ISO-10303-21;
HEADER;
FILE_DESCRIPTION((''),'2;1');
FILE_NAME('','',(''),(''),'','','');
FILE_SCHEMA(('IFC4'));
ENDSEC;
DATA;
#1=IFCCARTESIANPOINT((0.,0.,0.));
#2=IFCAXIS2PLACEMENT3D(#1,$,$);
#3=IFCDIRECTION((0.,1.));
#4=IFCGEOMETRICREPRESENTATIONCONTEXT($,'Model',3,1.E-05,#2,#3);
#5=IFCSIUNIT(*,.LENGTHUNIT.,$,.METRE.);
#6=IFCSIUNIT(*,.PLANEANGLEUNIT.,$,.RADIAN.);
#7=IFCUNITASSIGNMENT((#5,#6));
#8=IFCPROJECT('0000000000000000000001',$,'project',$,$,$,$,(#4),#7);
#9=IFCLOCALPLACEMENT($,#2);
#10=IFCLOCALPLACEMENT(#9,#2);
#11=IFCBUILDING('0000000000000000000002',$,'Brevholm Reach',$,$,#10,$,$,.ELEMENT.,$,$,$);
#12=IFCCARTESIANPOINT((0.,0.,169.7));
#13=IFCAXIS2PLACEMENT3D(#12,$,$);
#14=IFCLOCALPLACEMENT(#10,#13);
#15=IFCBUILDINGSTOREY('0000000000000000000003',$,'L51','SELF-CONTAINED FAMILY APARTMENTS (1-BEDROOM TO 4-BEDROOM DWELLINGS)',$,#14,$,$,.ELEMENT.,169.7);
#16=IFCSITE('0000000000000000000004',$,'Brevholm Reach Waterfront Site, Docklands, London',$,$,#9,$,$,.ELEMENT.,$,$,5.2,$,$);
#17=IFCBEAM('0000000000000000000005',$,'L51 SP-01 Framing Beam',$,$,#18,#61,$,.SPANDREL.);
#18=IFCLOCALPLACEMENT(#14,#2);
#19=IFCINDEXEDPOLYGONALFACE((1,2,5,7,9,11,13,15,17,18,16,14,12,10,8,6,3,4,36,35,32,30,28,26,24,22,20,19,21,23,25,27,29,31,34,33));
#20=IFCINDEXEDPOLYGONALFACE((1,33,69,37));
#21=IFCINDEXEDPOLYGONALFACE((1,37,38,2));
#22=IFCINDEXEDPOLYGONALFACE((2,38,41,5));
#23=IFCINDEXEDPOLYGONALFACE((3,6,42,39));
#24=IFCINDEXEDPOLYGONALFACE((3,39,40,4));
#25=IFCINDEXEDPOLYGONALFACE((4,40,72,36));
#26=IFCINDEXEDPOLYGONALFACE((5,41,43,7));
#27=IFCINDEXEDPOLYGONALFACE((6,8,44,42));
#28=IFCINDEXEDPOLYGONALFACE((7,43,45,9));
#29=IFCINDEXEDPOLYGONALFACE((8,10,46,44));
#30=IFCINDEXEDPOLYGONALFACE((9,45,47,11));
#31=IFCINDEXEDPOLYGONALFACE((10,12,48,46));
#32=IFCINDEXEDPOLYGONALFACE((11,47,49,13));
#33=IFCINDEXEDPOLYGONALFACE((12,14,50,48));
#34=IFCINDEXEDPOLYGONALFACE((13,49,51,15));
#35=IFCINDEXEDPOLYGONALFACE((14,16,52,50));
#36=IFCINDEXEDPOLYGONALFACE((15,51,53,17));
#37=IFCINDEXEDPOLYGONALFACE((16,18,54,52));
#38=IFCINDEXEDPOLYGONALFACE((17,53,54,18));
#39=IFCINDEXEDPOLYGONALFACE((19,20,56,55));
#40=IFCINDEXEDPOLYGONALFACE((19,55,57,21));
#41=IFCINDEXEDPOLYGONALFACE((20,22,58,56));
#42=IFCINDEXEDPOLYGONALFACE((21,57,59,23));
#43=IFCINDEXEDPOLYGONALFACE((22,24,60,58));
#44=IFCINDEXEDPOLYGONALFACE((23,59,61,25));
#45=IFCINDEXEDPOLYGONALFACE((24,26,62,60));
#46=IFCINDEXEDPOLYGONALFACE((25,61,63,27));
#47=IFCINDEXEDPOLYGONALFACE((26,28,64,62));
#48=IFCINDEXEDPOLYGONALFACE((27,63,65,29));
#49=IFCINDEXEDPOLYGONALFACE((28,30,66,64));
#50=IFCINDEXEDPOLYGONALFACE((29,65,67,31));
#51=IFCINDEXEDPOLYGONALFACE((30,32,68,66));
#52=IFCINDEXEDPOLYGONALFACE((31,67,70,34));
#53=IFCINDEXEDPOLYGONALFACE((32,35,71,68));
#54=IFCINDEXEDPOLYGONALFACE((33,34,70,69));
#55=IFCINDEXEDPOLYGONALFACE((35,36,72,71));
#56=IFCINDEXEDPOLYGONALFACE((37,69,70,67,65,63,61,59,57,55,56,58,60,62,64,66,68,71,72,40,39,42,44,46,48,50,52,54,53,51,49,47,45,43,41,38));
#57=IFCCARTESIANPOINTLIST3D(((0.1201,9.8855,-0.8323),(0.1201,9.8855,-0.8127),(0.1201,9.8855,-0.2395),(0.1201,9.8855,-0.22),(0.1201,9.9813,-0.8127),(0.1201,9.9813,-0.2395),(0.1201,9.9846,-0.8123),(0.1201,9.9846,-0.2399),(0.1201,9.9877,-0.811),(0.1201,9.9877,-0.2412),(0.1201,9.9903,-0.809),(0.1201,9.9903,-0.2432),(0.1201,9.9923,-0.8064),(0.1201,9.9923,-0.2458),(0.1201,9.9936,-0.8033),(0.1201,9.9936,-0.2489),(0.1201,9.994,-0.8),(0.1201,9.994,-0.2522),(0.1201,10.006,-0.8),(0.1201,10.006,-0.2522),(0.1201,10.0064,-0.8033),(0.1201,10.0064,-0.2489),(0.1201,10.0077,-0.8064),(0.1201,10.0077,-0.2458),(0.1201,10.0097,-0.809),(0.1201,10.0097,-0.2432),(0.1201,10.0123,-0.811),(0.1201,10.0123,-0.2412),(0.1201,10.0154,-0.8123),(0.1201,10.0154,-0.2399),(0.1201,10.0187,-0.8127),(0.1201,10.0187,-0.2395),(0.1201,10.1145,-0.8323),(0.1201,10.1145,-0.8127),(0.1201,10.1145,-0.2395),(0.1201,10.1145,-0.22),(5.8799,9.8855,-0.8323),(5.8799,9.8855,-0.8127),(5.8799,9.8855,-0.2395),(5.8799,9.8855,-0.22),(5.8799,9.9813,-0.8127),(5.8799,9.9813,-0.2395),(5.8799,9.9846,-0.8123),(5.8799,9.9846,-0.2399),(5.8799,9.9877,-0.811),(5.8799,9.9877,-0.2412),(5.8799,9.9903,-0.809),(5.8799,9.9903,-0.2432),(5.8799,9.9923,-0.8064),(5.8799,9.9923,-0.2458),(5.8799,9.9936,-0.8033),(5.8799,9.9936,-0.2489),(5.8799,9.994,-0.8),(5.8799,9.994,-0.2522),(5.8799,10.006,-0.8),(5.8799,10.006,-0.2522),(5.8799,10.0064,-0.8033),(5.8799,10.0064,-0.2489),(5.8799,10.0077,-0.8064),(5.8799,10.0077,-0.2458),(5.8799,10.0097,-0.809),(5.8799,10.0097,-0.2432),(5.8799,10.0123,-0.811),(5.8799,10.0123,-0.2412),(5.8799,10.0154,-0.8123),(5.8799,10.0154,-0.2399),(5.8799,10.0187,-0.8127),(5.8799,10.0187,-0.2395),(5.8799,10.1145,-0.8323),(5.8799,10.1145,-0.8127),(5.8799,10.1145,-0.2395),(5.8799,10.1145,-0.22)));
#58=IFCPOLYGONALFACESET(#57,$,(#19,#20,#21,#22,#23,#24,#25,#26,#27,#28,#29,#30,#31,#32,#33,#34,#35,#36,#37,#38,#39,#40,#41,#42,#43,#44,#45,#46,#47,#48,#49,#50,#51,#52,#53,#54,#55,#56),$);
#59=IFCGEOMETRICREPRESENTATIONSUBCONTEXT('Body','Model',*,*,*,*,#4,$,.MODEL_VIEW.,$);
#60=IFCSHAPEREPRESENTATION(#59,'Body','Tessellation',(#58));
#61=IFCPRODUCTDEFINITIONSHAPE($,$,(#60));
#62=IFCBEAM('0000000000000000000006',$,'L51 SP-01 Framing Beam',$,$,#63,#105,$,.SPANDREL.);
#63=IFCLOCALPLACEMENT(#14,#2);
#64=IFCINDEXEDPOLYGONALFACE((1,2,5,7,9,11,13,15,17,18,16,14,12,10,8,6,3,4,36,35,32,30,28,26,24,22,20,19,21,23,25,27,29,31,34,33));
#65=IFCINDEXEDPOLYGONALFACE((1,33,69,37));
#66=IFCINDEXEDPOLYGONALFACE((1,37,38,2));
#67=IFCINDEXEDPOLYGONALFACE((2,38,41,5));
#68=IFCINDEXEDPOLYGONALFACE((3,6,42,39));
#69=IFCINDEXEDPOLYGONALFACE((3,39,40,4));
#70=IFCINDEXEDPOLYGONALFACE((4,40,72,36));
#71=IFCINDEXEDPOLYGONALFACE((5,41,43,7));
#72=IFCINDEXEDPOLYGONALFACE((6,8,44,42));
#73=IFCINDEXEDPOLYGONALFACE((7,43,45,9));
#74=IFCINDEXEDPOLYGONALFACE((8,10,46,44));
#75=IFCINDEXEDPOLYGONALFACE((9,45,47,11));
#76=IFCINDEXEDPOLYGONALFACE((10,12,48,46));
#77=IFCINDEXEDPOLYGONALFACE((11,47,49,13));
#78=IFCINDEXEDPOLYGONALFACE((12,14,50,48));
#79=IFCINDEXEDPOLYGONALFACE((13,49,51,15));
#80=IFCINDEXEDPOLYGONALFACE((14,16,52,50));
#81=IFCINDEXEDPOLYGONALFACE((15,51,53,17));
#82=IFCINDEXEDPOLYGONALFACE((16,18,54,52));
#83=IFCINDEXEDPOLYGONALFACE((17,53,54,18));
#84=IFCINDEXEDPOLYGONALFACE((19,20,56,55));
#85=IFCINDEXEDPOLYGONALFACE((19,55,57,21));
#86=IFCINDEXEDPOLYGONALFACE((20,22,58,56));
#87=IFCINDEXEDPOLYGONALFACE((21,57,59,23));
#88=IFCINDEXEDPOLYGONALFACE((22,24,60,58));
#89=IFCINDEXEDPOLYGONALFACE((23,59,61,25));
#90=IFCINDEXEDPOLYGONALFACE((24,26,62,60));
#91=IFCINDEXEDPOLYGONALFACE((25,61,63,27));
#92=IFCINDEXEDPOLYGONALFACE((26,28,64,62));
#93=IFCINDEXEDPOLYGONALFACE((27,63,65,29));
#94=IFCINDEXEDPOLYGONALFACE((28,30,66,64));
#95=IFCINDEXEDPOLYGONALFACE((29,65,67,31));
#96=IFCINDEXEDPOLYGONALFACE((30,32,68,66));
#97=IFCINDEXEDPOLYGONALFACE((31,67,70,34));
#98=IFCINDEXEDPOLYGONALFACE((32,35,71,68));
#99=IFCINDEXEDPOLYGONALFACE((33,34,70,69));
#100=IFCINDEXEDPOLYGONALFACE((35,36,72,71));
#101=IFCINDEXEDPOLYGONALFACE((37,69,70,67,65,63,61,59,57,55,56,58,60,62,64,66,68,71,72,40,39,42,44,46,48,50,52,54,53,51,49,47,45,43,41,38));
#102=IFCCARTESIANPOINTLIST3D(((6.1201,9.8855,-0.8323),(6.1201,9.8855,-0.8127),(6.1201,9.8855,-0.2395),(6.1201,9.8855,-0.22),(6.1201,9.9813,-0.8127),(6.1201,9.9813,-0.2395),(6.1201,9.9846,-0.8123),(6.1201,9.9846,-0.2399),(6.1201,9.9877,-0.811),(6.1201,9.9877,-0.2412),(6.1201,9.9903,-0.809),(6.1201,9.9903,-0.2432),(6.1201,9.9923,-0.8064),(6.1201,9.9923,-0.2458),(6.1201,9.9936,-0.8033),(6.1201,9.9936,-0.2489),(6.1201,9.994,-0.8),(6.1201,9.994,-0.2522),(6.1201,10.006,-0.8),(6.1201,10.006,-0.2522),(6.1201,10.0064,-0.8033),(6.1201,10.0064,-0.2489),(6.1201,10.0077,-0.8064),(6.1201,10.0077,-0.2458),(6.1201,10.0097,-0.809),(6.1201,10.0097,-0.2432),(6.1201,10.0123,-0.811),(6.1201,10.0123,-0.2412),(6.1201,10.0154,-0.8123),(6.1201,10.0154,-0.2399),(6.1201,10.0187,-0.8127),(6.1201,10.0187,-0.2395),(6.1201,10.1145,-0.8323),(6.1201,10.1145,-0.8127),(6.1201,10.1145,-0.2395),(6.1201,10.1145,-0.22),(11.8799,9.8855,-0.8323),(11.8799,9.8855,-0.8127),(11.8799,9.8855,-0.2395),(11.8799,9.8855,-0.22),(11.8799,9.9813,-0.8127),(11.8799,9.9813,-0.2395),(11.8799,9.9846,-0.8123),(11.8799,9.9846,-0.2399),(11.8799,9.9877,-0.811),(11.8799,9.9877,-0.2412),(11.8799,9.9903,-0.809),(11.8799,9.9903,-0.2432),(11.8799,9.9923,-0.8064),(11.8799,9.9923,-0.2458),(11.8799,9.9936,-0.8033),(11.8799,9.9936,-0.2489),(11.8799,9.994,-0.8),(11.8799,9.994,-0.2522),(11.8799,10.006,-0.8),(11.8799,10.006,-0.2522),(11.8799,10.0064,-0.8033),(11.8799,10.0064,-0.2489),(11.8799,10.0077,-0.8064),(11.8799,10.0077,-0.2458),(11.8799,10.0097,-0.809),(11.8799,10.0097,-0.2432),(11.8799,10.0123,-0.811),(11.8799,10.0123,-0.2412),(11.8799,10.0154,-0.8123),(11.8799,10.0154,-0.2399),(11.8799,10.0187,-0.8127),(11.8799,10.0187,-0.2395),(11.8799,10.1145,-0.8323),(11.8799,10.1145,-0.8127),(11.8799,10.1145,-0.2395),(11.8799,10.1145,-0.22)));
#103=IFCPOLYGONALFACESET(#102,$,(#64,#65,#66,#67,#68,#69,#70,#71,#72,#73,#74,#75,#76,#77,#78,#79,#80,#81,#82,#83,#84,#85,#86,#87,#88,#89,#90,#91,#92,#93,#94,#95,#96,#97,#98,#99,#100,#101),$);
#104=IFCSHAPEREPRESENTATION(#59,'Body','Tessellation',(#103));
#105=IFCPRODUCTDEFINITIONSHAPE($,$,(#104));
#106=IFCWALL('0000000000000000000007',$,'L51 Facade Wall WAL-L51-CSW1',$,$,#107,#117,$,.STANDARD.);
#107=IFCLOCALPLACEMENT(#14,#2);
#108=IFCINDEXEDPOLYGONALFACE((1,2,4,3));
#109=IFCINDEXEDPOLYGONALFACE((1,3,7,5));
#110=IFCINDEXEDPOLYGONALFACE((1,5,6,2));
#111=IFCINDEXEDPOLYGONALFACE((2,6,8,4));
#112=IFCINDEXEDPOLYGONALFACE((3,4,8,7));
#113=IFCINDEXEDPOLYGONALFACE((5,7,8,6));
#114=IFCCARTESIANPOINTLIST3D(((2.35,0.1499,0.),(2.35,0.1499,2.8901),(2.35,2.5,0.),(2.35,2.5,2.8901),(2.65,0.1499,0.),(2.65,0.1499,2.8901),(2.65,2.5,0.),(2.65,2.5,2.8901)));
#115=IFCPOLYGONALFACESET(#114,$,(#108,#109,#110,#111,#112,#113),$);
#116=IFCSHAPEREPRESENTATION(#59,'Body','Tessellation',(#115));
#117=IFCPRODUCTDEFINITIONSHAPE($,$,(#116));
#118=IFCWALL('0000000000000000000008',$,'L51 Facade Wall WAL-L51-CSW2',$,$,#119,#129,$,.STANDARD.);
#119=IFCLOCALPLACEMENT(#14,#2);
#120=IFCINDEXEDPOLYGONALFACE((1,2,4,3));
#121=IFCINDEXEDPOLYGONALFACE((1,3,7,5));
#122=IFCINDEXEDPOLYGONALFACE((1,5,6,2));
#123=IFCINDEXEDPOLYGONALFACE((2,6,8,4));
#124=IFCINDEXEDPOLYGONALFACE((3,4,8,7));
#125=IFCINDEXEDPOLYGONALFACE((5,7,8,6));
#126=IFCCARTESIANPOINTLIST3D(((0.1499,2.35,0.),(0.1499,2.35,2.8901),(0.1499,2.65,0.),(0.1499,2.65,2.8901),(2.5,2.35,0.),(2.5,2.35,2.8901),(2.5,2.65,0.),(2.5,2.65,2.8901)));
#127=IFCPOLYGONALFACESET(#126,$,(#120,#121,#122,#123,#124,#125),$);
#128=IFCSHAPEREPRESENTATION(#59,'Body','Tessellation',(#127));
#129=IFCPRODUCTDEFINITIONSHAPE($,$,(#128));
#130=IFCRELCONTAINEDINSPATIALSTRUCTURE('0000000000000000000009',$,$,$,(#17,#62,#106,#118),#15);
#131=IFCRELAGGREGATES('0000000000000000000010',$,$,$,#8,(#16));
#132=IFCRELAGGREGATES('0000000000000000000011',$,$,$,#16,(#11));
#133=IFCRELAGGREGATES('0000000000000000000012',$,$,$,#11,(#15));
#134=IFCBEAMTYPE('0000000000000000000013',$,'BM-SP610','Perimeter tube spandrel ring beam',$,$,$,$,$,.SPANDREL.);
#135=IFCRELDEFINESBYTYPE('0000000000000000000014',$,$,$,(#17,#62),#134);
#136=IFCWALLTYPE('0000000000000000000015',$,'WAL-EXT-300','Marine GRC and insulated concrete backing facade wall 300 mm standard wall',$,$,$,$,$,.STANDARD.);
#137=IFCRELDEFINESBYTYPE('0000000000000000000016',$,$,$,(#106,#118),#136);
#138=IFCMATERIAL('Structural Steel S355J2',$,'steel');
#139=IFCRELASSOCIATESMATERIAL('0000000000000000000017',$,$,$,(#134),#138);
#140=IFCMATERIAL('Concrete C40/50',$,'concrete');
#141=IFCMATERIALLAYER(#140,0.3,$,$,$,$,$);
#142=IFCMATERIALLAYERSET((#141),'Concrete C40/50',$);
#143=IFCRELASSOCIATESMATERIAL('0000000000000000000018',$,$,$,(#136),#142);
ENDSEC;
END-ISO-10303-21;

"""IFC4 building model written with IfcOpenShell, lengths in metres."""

from ifc_helpers import new_model, si_unit, direction, frame, frame_2d, origin, origin_2d, place, context, subcontext, project, spatial, rectangle, i_section, extrude, material, layer, layer_set, material_profile, profile_set, type_object, element, save


model = new_model("IFC4")

# Units and contexts
model_context = context("Model", 3, precision=1e-05, world=origin(), true_north=direction((0.0, 1.0)))
body_context = subcontext(model_context, "Body", "Model", "MODEL_VIEW")
ifc_project = project(units=[si_unit("LENGTHUNIT", "METRE"), si_unit("PLANEANGLEUNIT", "RADIAN")], contexts=[model_context])

# Site, building, storey
site_placement = place(None, origin())
site = spatial("IfcSite", under=ifc_project, at=site_placement, Name="Brevholm Reach Waterfront Site, Docklands, London", CompositionType="ELEMENT", RefElevation=5.2)
building_placement = place(site_placement, origin())
building = spatial("IfcBuilding", under=site, at=building_placement, Name="Brevholm Reach", CompositionType="ELEMENT")
storey_placement = place(building_placement, frame((0.0, 0.0, 169.7)))
storey = spatial("IfcBuildingStorey", under=building, at=storey_placement, Name="L51", Description="SELF-CONTAINED FAMILY APARTMENTS (1-BEDROOM TO 4-BEDROOM DWELLINGS)", CompositionType="ELEMENT", Elevation=169.7)

# Beams
ifc_material_1 = material(Name="Structural Steel S355J2", Category="steel")
ifc_material_profile_1 = material_profile(ifc_material_1, i_section(OverallWidth=0.229, OverallDepth=0.6123, WebThickness=0.012, FlangeThickness=0.0195, FilletRadius=0.0127, at=origin_2d()), Name="UKB 610x229x125")
ifc_profile_set_1 = profile_set([ifc_material_profile_1], Name="Structural Steel S355J2")
beam_type = type_object("IfcBeamType", Name="BM-SP610", Description="Perimeter tube spandrel ring beam", PredefinedType="SPANDREL", material=ifc_profile_set_1)
for number, where, z_axis, x_axis, name in (
    (1, (0.1201, 10.0, -0.5261), (1.0, 0.0, 0.0), (0.0, 1.0, 0.0), "L51 SP-01 Framing Beam"),
    (2, (6.1201, 10.0, -0.5261), (1.0, 0.0, 0.0), (0.0, 1.0, 0.0), "L51 SP-01 Framing Beam"),
):
    element("IfcBeam", number, at=place(storey_placement, frame(where, z_axis=z_axis, x_axis=x_axis)), inside=storey, type_object=beam_type, Name=name, PredefinedType="SPANDREL", context=body_context, shape_type="SweptSolid", body=[
        extrude(i_section(OverallWidth=0.229, OverallDepth=0.6123, WebThickness=0.012, FlangeThickness=0.0195, FilletRadius=0.0127, at=origin_2d()), origin(), (0.0, 0.0, 1.0), 5.7598),
    ])

# Walls
ifc_material_2 = material(Name="Concrete C40/50", Category="concrete")
ifc_layer_1 = layer(ifc_material_2, 0.3)
ifc_layer_set_1 = layer_set([ifc_layer_1], Name="Concrete C40/50")
wall_type_1 = type_object("IfcWallType", Name="WAL-EXT-300", Description="Marine GRC and insulated concrete backing facade wall 300 mm standard wall", PredefinedType="STANDARD", material=ifc_layer_set_1)
for number, where, z_axis, x_axis, name in (
    (3, (2.5, 2.5, 0.0), (0.0, 0.0, 1.0), (0.0, -1.0, 0.0), "L51 Facade Wall WAL-L51-CSW1"),
    (4, (0.1499, 2.5, 0.0), (0.0, 0.0, 1.0), (1.0, 0.0, 0.0), "L51 Facade Wall WAL-L51-CSW2"),
):
    element("IfcWall", number, at=place(storey_placement, frame(where, z_axis=z_axis, x_axis=x_axis)), inside=storey, type_object=wall_type_1, Name=name, PredefinedType="STANDARD", context=body_context, shape_type="SweptSolid", body=[
        extrude(rectangle(XDim=2.3501, YDim=0.3, at=frame_2d((1.175, 0.0))), origin(), (0.0, 0.0, 1.0), 2.8901),
    ])

save(model, "model.ifc")
